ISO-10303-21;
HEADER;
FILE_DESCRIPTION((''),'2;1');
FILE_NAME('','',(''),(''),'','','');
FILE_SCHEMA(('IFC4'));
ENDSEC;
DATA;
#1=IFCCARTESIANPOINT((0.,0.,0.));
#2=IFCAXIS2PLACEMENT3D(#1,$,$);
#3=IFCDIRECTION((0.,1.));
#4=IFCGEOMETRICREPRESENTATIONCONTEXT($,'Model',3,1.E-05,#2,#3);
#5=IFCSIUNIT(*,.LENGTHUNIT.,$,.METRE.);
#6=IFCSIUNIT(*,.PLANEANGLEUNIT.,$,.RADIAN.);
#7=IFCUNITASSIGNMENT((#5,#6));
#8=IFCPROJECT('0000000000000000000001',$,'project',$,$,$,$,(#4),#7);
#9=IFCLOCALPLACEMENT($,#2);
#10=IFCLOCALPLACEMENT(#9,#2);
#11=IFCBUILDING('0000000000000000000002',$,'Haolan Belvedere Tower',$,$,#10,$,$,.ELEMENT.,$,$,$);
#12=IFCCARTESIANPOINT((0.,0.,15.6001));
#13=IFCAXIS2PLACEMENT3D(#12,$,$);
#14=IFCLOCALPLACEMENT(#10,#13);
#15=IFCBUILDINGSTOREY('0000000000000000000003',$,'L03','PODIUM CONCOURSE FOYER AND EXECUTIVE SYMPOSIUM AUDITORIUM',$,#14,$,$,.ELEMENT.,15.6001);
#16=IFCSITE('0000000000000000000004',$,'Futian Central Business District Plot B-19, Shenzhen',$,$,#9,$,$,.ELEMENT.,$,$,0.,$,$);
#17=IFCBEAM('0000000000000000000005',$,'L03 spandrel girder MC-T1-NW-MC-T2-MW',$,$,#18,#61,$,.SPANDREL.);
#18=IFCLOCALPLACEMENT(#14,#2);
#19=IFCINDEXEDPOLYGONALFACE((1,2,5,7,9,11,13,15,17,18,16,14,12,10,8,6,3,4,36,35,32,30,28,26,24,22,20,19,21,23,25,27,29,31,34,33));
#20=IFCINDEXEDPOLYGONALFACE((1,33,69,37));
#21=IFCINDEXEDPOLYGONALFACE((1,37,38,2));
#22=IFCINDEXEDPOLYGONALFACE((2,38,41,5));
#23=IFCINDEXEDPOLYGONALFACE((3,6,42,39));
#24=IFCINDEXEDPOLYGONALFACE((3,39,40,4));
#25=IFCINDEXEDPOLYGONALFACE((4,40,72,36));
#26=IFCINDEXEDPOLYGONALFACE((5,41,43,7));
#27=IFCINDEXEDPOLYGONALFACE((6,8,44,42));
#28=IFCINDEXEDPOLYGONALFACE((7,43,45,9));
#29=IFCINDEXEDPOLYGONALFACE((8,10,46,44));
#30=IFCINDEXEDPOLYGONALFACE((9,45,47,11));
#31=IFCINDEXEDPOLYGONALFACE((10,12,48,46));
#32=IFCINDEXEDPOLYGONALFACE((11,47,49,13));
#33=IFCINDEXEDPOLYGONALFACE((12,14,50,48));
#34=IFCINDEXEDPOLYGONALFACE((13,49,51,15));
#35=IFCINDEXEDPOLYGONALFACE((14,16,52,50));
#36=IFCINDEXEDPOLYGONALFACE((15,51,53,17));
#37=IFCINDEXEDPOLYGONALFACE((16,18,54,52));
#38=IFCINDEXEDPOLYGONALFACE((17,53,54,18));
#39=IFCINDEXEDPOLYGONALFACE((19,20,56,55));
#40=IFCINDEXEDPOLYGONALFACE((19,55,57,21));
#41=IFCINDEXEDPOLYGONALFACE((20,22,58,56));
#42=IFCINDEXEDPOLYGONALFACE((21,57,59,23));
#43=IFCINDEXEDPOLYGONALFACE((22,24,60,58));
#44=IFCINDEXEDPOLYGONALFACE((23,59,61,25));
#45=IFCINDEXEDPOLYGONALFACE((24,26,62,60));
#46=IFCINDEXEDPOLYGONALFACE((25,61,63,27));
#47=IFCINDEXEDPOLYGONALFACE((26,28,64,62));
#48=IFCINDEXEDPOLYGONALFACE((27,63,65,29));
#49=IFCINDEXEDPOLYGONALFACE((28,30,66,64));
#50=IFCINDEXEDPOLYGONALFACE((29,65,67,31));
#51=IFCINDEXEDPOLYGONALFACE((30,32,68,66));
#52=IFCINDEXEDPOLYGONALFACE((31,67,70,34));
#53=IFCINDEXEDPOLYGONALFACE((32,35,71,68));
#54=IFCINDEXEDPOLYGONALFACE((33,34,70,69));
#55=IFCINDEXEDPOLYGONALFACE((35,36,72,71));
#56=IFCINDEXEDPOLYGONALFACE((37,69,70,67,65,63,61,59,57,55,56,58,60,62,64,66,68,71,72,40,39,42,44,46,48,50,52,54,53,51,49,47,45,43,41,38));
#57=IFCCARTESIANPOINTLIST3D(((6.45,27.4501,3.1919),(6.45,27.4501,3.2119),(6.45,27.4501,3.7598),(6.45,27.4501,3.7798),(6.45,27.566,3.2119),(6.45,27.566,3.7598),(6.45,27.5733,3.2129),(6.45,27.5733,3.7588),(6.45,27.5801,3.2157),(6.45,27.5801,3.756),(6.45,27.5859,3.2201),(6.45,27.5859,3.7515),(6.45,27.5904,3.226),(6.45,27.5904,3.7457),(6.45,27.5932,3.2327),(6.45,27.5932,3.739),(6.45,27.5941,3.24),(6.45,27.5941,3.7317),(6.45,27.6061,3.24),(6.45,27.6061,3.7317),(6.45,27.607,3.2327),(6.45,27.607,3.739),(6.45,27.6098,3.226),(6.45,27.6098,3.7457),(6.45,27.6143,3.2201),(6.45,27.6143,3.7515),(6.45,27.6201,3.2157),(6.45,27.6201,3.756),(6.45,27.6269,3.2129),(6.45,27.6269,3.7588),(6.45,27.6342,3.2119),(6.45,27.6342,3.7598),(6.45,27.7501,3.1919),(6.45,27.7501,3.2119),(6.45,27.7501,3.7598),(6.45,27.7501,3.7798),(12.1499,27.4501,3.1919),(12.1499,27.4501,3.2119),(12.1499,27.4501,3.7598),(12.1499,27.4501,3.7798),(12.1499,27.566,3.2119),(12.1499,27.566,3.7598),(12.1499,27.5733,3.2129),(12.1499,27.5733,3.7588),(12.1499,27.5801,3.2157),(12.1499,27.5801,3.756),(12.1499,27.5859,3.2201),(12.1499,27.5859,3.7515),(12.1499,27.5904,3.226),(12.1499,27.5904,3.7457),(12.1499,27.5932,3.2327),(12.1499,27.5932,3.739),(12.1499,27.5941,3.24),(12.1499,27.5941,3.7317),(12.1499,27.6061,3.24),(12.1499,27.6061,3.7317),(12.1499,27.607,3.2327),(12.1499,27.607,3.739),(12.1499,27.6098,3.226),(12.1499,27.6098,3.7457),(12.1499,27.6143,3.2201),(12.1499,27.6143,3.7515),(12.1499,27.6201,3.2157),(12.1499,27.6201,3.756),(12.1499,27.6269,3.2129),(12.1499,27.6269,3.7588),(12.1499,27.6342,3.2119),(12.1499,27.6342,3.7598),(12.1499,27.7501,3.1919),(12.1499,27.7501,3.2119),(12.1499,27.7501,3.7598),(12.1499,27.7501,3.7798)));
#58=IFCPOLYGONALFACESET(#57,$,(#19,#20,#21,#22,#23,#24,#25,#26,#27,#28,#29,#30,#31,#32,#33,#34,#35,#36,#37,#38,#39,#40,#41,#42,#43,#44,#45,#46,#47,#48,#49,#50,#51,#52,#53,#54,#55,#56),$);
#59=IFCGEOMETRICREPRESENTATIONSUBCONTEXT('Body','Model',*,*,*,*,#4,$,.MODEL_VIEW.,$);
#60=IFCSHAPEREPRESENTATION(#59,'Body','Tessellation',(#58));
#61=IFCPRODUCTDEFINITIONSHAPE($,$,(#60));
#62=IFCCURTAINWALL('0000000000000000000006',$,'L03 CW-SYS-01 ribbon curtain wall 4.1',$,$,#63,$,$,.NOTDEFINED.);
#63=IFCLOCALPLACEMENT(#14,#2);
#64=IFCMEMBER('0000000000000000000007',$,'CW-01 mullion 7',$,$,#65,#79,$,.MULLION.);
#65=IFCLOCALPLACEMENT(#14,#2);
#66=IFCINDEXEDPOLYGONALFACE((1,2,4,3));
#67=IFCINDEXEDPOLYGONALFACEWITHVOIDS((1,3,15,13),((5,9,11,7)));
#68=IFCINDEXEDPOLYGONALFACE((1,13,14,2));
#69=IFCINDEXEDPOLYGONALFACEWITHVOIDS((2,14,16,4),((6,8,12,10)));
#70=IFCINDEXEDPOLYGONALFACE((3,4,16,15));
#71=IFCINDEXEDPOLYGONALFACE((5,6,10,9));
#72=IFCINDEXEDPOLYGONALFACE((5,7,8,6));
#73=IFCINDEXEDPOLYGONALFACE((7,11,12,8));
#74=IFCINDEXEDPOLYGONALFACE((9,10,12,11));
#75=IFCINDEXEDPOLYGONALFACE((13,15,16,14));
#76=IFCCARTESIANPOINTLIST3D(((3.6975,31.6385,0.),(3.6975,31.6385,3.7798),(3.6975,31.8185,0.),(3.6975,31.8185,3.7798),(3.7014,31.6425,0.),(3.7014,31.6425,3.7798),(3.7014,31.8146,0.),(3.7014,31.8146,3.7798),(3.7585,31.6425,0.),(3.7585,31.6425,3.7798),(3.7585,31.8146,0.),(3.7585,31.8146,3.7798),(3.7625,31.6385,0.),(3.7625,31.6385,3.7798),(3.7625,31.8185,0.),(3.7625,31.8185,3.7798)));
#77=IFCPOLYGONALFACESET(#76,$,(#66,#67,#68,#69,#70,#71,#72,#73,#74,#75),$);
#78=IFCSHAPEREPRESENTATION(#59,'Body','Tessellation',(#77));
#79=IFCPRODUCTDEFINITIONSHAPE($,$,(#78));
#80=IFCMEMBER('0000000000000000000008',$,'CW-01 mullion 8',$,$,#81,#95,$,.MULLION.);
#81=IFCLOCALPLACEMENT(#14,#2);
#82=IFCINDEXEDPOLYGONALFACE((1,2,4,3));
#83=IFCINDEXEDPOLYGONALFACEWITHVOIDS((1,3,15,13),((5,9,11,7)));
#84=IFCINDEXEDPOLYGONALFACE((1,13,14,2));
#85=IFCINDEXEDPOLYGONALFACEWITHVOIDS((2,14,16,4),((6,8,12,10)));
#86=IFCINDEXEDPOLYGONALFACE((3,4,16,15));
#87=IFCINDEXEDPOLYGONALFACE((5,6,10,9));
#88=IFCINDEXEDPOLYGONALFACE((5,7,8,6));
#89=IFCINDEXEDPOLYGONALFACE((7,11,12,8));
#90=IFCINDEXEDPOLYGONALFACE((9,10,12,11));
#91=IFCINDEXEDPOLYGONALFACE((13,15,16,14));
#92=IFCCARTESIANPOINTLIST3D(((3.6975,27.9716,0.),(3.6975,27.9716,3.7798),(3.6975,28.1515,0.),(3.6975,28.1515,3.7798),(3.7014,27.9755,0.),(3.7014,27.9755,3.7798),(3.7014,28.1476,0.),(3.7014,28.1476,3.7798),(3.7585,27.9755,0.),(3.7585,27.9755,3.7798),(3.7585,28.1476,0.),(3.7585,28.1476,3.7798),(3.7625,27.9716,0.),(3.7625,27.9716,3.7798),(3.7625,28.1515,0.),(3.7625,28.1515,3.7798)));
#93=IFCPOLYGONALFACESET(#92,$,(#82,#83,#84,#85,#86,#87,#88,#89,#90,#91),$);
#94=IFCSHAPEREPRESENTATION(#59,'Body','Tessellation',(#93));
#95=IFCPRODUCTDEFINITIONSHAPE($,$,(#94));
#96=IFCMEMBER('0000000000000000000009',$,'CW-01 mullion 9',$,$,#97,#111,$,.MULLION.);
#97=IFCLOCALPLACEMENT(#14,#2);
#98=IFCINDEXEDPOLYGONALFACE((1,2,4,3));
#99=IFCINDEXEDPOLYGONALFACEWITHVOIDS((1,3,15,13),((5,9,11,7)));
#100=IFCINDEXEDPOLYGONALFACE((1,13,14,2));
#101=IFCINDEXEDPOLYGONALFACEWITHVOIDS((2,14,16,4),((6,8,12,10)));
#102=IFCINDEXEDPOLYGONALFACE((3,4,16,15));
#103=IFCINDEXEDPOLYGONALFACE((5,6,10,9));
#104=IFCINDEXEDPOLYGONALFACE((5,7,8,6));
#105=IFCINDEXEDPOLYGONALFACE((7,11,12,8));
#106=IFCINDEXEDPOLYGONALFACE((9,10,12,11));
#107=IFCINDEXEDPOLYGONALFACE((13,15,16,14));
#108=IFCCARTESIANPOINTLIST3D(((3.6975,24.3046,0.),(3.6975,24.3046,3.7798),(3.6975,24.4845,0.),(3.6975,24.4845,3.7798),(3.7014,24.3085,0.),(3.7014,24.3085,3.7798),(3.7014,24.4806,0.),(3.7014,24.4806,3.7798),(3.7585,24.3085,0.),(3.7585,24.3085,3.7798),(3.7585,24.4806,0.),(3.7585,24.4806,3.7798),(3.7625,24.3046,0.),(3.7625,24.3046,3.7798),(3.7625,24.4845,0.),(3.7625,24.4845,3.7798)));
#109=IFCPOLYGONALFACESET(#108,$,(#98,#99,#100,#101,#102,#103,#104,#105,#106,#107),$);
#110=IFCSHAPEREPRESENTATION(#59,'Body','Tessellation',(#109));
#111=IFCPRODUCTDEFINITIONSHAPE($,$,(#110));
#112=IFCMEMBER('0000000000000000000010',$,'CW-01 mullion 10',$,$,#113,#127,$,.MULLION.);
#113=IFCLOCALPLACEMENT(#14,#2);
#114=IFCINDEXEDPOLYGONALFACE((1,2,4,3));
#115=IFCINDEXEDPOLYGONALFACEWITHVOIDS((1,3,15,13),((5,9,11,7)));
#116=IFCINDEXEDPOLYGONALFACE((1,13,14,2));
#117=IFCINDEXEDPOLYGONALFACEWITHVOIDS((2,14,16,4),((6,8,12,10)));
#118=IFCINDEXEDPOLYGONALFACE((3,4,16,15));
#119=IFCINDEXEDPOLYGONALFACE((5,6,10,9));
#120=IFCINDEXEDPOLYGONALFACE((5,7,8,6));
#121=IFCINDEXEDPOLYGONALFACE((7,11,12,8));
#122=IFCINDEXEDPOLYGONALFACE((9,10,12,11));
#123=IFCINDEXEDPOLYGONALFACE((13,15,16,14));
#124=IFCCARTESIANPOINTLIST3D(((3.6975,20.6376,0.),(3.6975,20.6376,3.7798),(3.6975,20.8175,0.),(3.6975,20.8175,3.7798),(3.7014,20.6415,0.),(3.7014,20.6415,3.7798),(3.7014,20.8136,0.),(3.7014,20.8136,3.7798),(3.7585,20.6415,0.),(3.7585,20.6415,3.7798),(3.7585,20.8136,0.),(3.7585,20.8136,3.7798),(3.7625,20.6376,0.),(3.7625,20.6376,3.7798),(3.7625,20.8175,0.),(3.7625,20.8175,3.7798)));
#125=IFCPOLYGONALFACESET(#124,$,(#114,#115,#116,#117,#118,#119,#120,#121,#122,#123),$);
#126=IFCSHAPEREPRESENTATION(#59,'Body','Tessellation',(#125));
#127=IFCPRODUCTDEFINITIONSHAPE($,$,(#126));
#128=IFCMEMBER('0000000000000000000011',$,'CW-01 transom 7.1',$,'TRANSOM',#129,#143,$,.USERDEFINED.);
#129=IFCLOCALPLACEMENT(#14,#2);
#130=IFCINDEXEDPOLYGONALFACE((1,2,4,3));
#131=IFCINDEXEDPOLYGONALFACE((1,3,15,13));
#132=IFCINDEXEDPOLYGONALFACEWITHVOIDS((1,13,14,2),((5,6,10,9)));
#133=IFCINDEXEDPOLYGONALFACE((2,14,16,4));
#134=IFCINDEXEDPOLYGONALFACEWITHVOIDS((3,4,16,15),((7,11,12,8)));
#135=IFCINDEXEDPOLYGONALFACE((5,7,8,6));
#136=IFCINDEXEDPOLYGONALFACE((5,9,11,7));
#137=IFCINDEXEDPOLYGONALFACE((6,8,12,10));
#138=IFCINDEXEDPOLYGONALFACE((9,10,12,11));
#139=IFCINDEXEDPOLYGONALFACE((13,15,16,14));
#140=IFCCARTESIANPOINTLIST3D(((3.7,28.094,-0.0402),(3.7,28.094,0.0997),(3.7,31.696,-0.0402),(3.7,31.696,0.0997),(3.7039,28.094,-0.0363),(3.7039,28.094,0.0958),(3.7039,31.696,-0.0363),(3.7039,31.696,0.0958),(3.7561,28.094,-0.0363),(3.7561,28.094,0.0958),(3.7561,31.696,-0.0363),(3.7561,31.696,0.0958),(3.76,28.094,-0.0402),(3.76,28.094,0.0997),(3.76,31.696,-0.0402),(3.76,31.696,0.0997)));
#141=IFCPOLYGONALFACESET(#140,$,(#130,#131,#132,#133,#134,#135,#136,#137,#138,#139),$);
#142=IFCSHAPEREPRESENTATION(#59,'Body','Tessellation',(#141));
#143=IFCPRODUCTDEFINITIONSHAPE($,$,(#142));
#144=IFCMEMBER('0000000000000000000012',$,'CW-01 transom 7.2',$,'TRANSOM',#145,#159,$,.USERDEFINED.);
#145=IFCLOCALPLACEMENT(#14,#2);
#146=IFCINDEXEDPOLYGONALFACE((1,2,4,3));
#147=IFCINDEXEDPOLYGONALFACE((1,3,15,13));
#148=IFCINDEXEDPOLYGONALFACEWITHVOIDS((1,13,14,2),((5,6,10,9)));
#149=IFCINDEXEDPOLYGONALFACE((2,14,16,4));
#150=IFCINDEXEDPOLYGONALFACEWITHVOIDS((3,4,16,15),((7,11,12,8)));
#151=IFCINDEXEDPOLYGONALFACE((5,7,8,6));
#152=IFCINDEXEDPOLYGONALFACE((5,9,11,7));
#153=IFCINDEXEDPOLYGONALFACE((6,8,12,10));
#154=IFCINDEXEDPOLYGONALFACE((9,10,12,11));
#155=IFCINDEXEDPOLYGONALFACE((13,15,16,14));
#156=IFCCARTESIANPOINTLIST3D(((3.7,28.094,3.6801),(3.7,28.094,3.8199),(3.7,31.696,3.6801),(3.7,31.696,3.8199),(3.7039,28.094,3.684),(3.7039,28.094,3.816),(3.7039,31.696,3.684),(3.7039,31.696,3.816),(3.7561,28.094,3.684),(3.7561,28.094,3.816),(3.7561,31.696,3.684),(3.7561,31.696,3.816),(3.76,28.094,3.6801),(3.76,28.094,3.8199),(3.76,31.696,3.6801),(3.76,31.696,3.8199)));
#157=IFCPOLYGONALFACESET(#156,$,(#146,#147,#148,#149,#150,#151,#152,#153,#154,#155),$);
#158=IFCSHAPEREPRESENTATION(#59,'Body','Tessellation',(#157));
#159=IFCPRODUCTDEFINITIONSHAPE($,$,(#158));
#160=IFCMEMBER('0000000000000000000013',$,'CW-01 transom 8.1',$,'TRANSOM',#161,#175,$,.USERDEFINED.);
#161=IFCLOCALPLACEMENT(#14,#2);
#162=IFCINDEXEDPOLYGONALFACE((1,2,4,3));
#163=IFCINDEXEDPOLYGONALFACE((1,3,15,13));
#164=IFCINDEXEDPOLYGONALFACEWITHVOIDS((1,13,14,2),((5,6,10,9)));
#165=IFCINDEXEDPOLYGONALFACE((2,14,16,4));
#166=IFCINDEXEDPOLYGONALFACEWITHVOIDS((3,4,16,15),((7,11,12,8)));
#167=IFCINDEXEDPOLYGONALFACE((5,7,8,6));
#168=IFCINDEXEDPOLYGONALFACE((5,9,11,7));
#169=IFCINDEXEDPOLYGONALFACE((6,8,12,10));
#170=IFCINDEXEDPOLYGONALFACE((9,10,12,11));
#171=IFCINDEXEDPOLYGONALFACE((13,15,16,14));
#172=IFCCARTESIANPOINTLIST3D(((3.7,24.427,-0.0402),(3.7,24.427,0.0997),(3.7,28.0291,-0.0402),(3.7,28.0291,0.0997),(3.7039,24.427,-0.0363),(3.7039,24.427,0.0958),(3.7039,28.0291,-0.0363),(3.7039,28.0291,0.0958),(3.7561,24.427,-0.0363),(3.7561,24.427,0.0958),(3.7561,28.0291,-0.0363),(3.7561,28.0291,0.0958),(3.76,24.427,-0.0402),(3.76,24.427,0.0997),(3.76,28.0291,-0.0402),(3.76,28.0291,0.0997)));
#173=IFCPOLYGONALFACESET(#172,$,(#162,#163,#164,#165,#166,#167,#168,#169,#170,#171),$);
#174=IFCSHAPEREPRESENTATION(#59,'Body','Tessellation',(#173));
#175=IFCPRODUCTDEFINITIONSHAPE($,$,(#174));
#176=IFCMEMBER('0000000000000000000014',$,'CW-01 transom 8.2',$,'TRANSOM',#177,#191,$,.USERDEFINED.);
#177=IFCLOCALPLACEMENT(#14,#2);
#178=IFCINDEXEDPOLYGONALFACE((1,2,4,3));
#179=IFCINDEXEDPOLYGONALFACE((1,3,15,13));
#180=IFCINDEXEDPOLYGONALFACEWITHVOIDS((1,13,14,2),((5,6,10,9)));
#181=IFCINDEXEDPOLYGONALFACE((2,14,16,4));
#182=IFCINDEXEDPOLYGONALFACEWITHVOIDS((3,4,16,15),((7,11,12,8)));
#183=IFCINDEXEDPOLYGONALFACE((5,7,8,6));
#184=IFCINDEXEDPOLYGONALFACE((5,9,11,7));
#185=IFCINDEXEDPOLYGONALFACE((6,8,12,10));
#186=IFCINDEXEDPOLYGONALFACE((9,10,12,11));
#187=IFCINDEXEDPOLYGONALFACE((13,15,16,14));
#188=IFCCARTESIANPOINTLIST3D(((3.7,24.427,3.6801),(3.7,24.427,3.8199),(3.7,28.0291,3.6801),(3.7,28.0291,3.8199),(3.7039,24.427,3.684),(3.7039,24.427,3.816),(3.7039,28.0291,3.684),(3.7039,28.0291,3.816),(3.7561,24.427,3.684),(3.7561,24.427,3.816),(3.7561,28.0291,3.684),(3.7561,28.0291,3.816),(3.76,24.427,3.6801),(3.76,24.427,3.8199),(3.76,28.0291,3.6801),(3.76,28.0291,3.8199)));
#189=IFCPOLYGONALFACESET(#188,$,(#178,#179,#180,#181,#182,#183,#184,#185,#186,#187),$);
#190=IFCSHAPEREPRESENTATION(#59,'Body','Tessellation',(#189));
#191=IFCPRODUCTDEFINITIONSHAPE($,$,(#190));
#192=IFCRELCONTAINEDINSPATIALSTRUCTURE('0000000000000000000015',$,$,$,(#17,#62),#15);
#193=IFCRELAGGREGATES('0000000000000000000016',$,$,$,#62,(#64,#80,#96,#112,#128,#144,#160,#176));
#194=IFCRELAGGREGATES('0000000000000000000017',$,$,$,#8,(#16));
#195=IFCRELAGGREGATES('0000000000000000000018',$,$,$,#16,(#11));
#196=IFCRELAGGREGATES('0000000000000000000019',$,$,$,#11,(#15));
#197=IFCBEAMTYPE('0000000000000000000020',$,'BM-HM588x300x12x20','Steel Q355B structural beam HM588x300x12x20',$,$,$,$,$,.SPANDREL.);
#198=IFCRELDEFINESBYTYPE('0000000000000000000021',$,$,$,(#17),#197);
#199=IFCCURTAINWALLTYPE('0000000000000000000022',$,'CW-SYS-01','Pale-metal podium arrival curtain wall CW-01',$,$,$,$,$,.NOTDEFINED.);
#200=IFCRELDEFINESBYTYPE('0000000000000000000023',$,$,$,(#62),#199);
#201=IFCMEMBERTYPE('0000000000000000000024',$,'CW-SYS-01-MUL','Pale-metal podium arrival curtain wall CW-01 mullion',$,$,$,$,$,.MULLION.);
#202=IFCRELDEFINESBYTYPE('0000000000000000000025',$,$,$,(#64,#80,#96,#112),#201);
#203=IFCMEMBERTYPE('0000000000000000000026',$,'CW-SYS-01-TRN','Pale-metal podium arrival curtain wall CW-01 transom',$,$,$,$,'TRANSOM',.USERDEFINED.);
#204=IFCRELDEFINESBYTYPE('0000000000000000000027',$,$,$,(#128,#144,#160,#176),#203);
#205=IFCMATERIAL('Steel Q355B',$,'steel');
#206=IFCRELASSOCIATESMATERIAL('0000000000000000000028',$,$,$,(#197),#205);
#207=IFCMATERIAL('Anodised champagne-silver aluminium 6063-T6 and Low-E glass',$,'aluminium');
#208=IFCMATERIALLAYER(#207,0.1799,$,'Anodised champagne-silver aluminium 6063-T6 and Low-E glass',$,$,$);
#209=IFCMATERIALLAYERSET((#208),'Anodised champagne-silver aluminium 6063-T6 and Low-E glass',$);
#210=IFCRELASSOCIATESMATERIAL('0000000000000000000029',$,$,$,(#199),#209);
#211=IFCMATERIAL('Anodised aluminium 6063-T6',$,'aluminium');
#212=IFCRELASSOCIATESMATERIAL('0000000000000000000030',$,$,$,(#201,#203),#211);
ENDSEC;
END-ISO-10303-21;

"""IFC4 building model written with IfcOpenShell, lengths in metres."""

from ifc_helpers import new_model, si_unit, direction, frame, origin, origin_2d, place, context, subcontext, project, spatial, hollow_rectangle, i_section, extrude, material, layer, layer_set, material_profile, profile_set, type_object, element, aggregate, save


model = new_model("IFC4")

# Units and contexts
model_context = context("Model", 3, precision=1e-05, world=origin(), true_north=direction((0.0, 1.0)))
body_context = subcontext(model_context, "Body", "Model", "MODEL_VIEW")
ifc_project = project(units=[si_unit("LENGTHUNIT", "METRE"), si_unit("PLANEANGLEUNIT", "RADIAN")], contexts=[model_context])

# Site, building, storey
site_placement = place(None, origin())
site = spatial("IfcSite", under=ifc_project, at=site_placement, Name="Futian Central Business District Plot B-19, Shenzhen", CompositionType="ELEMENT", RefElevation=0.0)
building_placement = place(site_placement, origin())
building = spatial("IfcBuilding", under=site, at=building_placement, Name="Haolan Belvedere Tower", CompositionType="ELEMENT")
storey_placement = place(building_placement, frame((0.0, 0.0, 15.6001)))
storey = spatial("IfcBuildingStorey", under=building, at=storey_placement, Name="L03", Description="PODIUM CONCOURSE FOYER AND EXECUTIVE SYMPOSIUM AUDITORIUM", CompositionType="ELEMENT", Elevation=15.6001)

# Shared definitions
ifc_material_1 = material(Name="Steel Q355B", Category="steel")

# Beam
ifc_material_profile_1 = material_profile(ifc_material_1, i_section(OverallWidth=0.3, OverallDepth=0.5879, WebThickness=0.012, FlangeThickness=0.02, FilletRadius=0.0281, at=origin_2d()), Name="Steel Q355B")
ifc_profile_set_1 = profile_set([ifc_material_profile_1], Name="Steel Q355B")
beam_type = type_object("IfcBeamType", Name="BM-HM588x300x12x20", Description="Steel Q355B structural beam HM588x300x12x20", PredefinedType="SPANDREL", material=ifc_profile_set_1)
beam_1_placement = place(storey_placement, frame((6.45, 27.6001, 3.4858), z_axis=(1.0, 0.0, 0.0), x_axis=(0.0, 1.0, 0.0)))
element("IfcBeam", 1, at=beam_1_placement, inside=storey, type_object=beam_type, Name="L03 spandrel girder MC-T1-NW-MC-T2-MW", PredefinedType="SPANDREL", context=body_context, shape_type="SweptSolid", body=[
    extrude(i_section(OverallWidth=0.3, OverallDepth=0.5879, WebThickness=0.012, FlangeThickness=0.02, FilletRadius=0.0281, at=origin_2d()), origin(), (0.0, 0.0, 1.0), 5.7),
])

# Curtain wall, members
ifc_material_2 = material(Name="Anodised champagne-silver aluminium 6063-T6 and Low-E glass", Category="aluminium")
ifc_layer_1 = layer(ifc_material_2, 0.1799, Name="Anodised champagne-silver aluminium 6063-T6 and Low-E glass")
ifc_layer_set_1 = layer_set([ifc_layer_1], Name="Anodised champagne-silver aluminium 6063-T6 and Low-E glass")
curtain_wall_type = type_object("IfcCurtainWallType", Name="CW-SYS-01", Description="Pale-metal podium arrival curtain wall CW-01", PredefinedType="NOTDEFINED", material=ifc_layer_set_1)
curtain_wall_placement = place(storey_placement, origin())
curtain_wall = element("IfcCurtainWall", 2, at=curtain_wall_placement, inside=storey, type_object=curtain_wall_type, Name="L03 CW-SYS-01 ribbon curtain wall 4.1", PredefinedType="NOTDEFINED")
ifc_material_3 = material(Name="Anodised aluminium 6063-T6", Category="aluminium")
ifc_material_profile_2 = material_profile(ifc_material_3, hollow_rectangle(XDim=0.0649, YDim=0.1799, WallThickness=0.0039, at=origin_2d()), Name="Anodised aluminium 6063-T6")
ifc_profile_set_2 = profile_set([ifc_material_profile_2], Name="Anodised aluminium 6063-T6")
member_type_1 = type_object("IfcMemberType", Name="CW-SYS-01-MUL", Description="Pale-metal podium arrival curtain wall CW-01 mullion", PredefinedType="MULLION", material=ifc_profile_set_2)
member_1_placement = place(storey_placement, frame((3.73, 31.7285, 0.0), z_axis=(0.0, 0.0, 1.0), x_axis=(1.0, 0.0, 0.0)))
member_1 = element("IfcMember", 3, at=member_1_placement, type_object=member_type_1, Name="CW-01 mullion 7", PredefinedType="MULLION", context=body_context, shape_type="SweptSolid", body=[
    extrude(hollow_rectangle(XDim=0.0649, YDim=0.1799, WallThickness=0.0039, at=origin_2d()), origin(), (0.0, 0.0, 1.0), 3.7798),
])
member_2_placement = place(storey_placement, frame((3.73, 28.0615, 0.0), z_axis=(0.0, 0.0, 1.0), x_axis=(1.0, 0.0, 0.0)))
member_2 = element("IfcMember", 4, at=member_2_placement, type_object=member_type_1, Name="CW-01 mullion 8", PredefinedType="MULLION", context=body_context, shape_type="SweptSolid", body=[
    extrude(hollow_rectangle(XDim=0.0649, YDim=0.1799, WallThickness=0.0039, at=origin_2d()), origin(), (0.0, 0.0, 1.0), 3.7798),
])
member_3_placement = place(storey_placement, frame((3.73, 24.3945, 0.0), z_axis=(0.0, 0.0, 1.0), x_axis=(1.0, 0.0, 0.0)))
member_3 = element("IfcMember", 5, at=member_3_placement, type_object=member_type_1, Name="CW-01 mullion 9", PredefinedType="MULLION", context=body_context, shape_type="SweptSolid", body=[
    extrude(hollow_rectangle(XDim=0.0649, YDim=0.1799, WallThickness=0.0039, at=origin_2d()), origin(), (0.0, 0.0, 1.0), 3.7798),
])
member_4_placement = place(storey_placement, frame((3.73, 20.7275, 0.0), z_axis=(0.0, 0.0, 1.0), x_axis=(1.0, 0.0, 0.0)))
member_4 = element("IfcMember", 6, at=member_4_placement, type_object=member_type_1, Name="CW-01 mullion 10", PredefinedType="MULLION", context=body_context, shape_type="SweptSolid", body=[
    extrude(hollow_rectangle(XDim=0.0649, YDim=0.1799, WallThickness=0.0039, at=origin_2d()), origin(), (0.0, 0.0, 1.0), 3.7798),
])
ifc_material_profile_3 = material_profile(ifc_material_3, hollow_rectangle(XDim=0.0601, YDim=0.1399, WallThickness=0.0039, at=origin_2d()), Name="Anodised aluminium 6063-T6")
ifc_profile_set_3 = profile_set([ifc_material_profile_3], Name="Anodised aluminium 6063-T6")
member_type_2 = type_object("IfcMemberType", Name="CW-SYS-01-TRN", Description="Pale-metal podium arrival curtain wall CW-01 transom", ElementType="TRANSOM", PredefinedType="USERDEFINED", material=ifc_profile_set_3)
member_5_placement = place(storey_placement, frame((3.73, 31.696, 0.0298), z_axis=(0.0, -1.0, 0.0), x_axis=(1.0, 0.0, 0.0)))
member_5 = element("IfcMember", 7, at=member_5_placement, type_object=member_type_2, Name="CW-01 transom 7.1", ObjectType="TRANSOM", PredefinedType="USERDEFINED", context=body_context, shape_type="SweptSolid", body=[
    extrude(hollow_rectangle(XDim=0.0601, YDim=0.1399, WallThickness=0.0039, at=origin_2d()), origin(), (0.0, 0.0, 1.0), 3.6021),
])
member_6_placement = place(storey_placement, frame((3.73, 31.696, 3.75), z_axis=(0.0, -1.0, 0.0), x_axis=(1.0, 0.0, 0.0)))
member_6 = element("IfcMember", 8, at=member_6_placement, type_object=member_type_2, Name="CW-01 transom 7.2", ObjectType="TRANSOM", PredefinedType="USERDEFINED", context=body_context, shape_type="SweptSolid", body=[
    extrude(hollow_rectangle(XDim=0.0601, YDim=0.1399, WallThickness=0.0039, at=origin_2d()), origin(), (0.0, 0.0, 1.0), 3.6021),
])
member_7_placement = place(storey_placement, frame((3.73, 28.0291, 0.0298), z_axis=(0.0, -1.0, 0.0), x_axis=(1.0, 0.0, 0.0)))
member_7 = element("IfcMember", 9, at=member_7_placement, type_object=member_type_2, Name="CW-01 transom 8.1", ObjectType="TRANSOM", PredefinedType="USERDEFINED", context=body_context, shape_type="SweptSolid", body=[
    extrude(hollow_rectangle(XDim=0.0601, YDim=0.1399, WallThickness=0.0039, at=origin_2d()), origin(), (0.0, 0.0, 1.0), 3.6021),
])
member_8_placement = place(storey_placement, frame((3.73, 28.0291, 3.75), z_axis=(0.0, -1.0, 0.0), x_axis=(1.0, 0.0, 0.0)))
member_8 = element("IfcMember", 10, at=member_8_placement, type_object=member_type_2, Name="CW-01 transom 8.2", ObjectType="TRANSOM", PredefinedType="USERDEFINED", context=body_context, shape_type="SweptSolid", body=[
    extrude(hollow_rectangle(XDim=0.0601, YDim=0.1399, WallThickness=0.0039, at=origin_2d()), origin(), (0.0, 0.0, 1.0), 3.6021),
])
aggregate(curtain_wall, [member_1, member_2, member_3, member_4, member_5, member_6, member_7, member_8])

save(model, "model.ifc")
